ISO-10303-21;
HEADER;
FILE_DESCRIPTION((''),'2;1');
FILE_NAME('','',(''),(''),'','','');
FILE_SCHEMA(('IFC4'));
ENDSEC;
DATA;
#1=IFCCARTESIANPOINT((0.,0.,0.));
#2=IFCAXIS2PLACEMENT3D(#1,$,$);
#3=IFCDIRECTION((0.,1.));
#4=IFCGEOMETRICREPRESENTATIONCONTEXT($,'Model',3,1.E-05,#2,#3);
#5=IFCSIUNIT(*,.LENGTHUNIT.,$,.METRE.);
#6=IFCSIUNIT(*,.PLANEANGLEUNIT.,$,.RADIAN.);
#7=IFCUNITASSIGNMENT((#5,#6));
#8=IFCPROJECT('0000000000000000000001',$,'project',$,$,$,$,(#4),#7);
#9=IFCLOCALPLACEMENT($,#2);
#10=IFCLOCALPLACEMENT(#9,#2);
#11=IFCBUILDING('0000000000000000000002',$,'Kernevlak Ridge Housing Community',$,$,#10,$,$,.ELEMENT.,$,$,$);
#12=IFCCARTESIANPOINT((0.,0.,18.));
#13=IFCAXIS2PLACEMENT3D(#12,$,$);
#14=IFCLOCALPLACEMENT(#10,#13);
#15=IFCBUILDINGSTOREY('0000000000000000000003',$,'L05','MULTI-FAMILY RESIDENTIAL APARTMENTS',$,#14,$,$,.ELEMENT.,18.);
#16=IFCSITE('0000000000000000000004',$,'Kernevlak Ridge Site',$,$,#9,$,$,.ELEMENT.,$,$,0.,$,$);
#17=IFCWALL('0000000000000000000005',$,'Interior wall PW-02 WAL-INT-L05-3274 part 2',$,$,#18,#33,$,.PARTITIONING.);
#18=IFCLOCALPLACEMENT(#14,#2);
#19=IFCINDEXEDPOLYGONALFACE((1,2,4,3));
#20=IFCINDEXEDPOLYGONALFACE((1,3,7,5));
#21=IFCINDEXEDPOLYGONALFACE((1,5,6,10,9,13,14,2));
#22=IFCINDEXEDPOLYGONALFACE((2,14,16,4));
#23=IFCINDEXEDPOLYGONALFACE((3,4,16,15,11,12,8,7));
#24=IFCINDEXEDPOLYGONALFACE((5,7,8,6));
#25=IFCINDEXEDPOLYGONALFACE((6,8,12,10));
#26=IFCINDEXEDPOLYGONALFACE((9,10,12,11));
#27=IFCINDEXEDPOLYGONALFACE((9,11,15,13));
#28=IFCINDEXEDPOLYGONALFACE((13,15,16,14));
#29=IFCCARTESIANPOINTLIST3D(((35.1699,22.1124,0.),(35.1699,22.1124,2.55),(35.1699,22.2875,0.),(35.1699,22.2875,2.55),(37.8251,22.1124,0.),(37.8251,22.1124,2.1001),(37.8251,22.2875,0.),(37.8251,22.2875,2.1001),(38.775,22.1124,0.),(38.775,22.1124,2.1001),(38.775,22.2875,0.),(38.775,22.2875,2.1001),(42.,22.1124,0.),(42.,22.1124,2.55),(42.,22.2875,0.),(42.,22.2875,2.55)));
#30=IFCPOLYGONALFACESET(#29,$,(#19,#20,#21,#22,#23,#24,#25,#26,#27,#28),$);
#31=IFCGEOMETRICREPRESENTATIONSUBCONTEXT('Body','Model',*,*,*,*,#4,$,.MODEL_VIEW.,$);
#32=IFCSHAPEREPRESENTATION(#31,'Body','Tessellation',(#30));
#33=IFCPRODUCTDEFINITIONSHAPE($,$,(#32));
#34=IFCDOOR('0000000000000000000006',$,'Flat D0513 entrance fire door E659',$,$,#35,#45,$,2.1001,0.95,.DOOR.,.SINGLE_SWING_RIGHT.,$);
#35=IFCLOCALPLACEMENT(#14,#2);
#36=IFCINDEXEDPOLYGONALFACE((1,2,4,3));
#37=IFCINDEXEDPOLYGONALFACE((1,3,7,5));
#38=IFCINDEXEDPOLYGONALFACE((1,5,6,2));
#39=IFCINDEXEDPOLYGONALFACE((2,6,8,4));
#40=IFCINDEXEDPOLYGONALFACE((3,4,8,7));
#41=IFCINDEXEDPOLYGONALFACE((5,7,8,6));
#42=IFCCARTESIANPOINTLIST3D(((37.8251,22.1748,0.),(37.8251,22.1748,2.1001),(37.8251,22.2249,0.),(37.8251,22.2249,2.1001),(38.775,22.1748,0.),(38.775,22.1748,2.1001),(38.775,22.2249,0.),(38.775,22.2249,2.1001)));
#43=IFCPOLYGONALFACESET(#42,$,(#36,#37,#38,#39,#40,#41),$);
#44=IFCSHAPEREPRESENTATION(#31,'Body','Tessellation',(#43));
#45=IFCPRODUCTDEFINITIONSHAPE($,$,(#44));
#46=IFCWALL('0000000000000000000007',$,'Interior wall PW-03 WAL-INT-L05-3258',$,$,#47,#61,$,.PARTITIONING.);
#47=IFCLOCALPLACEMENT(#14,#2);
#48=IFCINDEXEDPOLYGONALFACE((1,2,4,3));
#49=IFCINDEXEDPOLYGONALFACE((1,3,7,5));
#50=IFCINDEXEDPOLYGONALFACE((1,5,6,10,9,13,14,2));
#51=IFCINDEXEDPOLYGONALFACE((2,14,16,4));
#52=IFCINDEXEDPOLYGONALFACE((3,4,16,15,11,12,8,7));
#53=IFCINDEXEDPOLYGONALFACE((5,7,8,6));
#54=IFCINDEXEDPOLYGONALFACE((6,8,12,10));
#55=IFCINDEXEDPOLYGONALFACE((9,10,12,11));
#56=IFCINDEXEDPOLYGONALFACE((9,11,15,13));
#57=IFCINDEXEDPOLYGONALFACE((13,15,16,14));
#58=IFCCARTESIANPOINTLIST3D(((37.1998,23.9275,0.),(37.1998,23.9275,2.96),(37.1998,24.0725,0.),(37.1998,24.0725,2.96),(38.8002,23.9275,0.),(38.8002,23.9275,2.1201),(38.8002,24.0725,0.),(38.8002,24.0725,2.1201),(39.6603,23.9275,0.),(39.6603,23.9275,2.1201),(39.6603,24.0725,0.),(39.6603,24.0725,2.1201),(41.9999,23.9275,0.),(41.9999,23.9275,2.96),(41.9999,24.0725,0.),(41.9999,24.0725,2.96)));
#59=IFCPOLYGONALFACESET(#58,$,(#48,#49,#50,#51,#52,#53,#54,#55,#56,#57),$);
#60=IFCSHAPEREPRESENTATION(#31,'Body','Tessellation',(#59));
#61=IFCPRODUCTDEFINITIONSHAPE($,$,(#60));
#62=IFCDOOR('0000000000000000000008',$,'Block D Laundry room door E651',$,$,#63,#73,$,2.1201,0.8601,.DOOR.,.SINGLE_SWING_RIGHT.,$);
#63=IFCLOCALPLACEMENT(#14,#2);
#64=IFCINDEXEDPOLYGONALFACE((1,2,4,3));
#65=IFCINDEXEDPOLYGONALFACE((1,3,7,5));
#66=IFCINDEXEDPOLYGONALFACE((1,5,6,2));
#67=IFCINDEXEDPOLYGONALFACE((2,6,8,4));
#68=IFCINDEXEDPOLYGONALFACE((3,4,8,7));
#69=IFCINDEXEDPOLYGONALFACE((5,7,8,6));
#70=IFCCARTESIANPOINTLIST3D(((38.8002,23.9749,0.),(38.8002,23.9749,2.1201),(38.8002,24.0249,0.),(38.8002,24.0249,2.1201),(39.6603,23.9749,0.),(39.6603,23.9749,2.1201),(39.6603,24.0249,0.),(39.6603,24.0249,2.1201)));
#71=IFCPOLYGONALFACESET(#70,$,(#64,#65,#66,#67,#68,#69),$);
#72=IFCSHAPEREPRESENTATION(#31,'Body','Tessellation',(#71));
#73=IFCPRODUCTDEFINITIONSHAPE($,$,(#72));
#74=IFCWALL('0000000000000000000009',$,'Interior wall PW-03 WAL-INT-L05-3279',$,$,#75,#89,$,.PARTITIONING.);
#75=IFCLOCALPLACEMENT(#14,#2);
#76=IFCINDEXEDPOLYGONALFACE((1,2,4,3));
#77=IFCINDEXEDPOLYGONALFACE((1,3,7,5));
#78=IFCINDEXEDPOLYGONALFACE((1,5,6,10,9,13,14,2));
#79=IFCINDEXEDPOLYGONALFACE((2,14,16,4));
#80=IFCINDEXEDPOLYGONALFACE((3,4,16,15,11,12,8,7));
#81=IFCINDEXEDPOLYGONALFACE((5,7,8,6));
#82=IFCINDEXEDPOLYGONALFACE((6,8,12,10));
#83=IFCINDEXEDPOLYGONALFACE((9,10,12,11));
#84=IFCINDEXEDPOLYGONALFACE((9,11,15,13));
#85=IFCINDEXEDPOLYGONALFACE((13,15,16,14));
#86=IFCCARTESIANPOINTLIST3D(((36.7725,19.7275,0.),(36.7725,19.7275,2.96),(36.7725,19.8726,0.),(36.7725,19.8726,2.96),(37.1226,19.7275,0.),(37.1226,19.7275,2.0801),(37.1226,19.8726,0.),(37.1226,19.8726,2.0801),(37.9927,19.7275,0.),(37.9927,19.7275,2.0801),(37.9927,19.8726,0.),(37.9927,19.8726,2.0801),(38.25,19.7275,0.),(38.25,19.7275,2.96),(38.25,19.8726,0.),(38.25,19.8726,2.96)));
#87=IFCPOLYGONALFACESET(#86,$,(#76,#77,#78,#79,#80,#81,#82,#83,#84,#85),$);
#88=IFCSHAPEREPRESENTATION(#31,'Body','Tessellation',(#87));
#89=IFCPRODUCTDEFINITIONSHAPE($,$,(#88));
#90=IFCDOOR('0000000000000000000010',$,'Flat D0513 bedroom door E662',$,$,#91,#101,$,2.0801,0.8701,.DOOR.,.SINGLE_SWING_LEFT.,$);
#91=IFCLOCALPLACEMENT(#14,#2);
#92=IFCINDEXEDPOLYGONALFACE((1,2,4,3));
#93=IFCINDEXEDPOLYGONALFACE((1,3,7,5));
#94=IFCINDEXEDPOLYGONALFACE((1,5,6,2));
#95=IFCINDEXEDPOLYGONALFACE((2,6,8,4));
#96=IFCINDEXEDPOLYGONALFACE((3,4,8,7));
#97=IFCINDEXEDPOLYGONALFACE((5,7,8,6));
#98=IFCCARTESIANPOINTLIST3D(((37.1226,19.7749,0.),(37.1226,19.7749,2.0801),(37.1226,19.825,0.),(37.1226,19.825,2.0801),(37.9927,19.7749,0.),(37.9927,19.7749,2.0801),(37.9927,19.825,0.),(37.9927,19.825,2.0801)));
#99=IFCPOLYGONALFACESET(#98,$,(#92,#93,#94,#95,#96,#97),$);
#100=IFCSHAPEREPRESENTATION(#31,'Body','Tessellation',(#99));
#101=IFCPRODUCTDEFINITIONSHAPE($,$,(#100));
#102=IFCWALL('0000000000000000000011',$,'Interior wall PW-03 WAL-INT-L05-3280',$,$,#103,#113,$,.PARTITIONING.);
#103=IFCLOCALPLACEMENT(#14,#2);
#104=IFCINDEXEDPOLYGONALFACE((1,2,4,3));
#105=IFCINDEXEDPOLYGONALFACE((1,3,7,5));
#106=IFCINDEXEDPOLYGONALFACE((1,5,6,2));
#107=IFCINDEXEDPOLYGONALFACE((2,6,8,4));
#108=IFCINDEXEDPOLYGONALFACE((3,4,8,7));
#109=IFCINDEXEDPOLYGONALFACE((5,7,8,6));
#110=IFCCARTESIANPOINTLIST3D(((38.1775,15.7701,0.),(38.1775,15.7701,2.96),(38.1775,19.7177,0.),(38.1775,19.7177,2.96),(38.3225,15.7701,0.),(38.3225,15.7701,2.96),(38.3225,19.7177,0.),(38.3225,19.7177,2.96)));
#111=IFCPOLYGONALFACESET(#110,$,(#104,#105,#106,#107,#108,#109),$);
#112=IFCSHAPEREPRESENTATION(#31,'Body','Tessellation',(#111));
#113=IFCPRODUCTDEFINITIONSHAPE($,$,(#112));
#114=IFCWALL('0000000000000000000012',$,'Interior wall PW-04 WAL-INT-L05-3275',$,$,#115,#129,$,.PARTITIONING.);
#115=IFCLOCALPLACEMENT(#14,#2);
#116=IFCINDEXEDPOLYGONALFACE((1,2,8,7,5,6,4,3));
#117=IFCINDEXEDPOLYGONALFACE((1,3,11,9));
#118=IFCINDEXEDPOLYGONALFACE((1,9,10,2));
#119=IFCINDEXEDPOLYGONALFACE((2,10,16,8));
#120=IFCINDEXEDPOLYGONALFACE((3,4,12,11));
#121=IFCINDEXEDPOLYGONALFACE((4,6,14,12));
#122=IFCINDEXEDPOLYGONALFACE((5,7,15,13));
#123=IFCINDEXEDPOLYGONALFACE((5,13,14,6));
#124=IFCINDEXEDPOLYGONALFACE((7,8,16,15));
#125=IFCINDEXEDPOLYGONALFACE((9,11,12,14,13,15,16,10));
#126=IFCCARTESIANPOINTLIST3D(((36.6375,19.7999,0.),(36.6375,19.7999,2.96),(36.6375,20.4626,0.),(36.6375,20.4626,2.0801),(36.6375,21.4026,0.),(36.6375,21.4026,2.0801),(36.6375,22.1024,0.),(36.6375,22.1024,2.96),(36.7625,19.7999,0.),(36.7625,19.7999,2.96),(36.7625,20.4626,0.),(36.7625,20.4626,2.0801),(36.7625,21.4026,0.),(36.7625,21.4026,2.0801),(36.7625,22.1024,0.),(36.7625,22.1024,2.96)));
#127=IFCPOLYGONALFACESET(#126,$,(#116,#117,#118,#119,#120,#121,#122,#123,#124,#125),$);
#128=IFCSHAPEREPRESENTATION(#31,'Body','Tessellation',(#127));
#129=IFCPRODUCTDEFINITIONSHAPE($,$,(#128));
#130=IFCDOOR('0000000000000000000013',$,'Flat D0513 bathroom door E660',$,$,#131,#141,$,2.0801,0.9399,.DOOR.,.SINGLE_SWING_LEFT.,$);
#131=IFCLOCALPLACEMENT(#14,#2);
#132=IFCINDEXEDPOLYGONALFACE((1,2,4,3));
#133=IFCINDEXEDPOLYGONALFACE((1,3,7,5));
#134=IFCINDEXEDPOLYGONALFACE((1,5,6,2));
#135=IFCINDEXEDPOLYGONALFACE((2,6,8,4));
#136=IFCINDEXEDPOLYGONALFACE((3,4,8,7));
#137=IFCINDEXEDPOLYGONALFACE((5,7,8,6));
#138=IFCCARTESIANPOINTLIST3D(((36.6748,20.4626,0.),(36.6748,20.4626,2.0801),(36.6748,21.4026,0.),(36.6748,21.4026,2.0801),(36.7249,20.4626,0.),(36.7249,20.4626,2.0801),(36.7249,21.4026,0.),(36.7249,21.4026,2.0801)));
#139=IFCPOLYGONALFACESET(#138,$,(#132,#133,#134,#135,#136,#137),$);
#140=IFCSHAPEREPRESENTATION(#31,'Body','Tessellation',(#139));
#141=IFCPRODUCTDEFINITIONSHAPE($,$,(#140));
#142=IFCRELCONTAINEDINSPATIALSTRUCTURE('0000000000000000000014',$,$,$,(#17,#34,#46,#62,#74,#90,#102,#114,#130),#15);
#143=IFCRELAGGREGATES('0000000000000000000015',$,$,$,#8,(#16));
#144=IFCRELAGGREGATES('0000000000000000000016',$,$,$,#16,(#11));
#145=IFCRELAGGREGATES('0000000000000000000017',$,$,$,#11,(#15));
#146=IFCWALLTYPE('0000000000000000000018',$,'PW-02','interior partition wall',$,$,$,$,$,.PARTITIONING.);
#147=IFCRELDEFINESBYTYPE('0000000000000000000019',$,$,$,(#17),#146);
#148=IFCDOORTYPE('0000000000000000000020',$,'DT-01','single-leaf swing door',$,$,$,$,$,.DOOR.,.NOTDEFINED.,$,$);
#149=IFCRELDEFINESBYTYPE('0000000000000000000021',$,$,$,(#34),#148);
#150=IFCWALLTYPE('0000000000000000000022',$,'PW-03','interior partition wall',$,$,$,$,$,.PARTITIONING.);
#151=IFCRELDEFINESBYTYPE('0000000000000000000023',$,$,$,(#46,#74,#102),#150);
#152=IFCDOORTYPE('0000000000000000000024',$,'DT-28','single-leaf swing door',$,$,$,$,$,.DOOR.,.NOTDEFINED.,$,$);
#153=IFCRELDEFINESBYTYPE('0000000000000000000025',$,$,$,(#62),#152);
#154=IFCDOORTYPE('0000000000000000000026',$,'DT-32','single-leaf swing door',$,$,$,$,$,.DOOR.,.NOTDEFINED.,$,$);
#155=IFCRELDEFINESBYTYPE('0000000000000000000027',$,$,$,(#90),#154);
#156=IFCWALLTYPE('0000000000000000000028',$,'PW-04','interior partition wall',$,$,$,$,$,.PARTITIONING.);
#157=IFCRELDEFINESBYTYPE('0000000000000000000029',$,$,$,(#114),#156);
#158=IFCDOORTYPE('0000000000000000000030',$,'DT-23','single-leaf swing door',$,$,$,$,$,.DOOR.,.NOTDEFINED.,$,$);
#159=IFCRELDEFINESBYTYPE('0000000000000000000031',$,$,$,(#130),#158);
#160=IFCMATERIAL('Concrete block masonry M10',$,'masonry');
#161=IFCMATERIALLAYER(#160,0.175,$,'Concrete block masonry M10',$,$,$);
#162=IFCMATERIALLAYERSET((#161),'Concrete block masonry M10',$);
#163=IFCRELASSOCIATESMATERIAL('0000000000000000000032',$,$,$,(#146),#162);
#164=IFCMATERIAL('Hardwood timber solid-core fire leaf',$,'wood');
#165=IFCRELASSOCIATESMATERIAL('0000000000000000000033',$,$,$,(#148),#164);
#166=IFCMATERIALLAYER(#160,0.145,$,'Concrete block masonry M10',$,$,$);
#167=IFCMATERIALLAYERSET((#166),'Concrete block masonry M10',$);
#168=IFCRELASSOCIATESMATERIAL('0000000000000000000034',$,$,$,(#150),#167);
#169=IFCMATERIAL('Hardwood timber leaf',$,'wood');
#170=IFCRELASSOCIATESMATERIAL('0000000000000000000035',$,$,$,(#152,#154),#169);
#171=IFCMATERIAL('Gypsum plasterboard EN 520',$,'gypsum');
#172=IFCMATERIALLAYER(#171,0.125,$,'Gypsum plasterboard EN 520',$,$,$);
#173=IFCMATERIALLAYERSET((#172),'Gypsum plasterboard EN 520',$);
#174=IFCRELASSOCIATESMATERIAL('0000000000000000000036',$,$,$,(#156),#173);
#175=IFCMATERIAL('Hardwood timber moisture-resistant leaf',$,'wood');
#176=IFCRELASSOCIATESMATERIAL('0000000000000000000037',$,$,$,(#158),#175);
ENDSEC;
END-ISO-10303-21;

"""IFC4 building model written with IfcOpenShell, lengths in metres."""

from ifc_helpers import new_model, si_unit, direction, frame, frame_2d, origin, place, context, subcontext, project, spatial, rectangle, extrude, material, layer, layer_set, type_object, element, fill, save


model = new_model("IFC4")

# Units and contexts
model_context = context("Model", 3, precision=1e-05, world=origin(), true_north=direction((0.0, 1.0)))
body_context = subcontext(model_context, "Body", "Model", "MODEL_VIEW")
ifc_project = project(units=[si_unit("LENGTHUNIT", "METRE"), si_unit("PLANEANGLEUNIT", "RADIAN")], contexts=[model_context])

# Site, building, storey
site_placement = place(None, origin())
site = spatial("IfcSite", under=ifc_project, at=site_placement, Name="Kernevlak Ridge Site", CompositionType="ELEMENT", RefElevation=0.0)
building_placement = place(site_placement, origin())
building = spatial("IfcBuilding", under=site, at=building_placement, Name="Kernevlak Ridge Housing Community", CompositionType="ELEMENT")
storey_placement = place(building_placement, frame((0.0, 0.0, 18.0)))
storey = spatial("IfcBuildingStorey", under=building, at=storey_placement, Name="L05", Description="MULTI-FAMILY RESIDENTIAL APARTMENTS", CompositionType="ELEMENT", Elevation=18.0)

# Shared definitions
ifc_material_1 = material(Name="Concrete block masonry M10", Category="masonry")

# Walls, openings, doors
ifc_layer_1 = layer(ifc_material_1, 0.175, Name="Concrete block masonry M10")
ifc_layer_set_1 = layer_set([ifc_layer_1], Name="Concrete block masonry M10")
wall_type_1 = type_object("IfcWallType", Name="PW-02", Description="interior partition wall", PredefinedType="PARTITIONING", material=ifc_layer_set_1)
wall_1_placement = place(storey_placement, frame((35.1699, 22.2, 0.0), z_axis=(0.0, 0.0, 1.0), x_axis=(1.0, 0.0, 0.0)))
wall_1 = element("IfcWall", 1, at=wall_1_placement, inside=storey, type_object=wall_type_1, Name="Interior wall PW-02 WAL-INT-L05-3274 part 2", PredefinedType="PARTITIONING", context=body_context, shape_type="SweptSolid", body=[
    extrude(rectangle(XDim=6.8301, YDim=0.175, at=frame_2d((3.415, 0.0))), origin(), (0.0, 0.0, 1.0), 2.55),
])
opening_1_placement = place(wall_1_placement, frame((2.655, 0.0, 0.0)))
opening_1 = element("IfcOpeningElement", 2, at=opening_1_placement, cuts=wall_1, PredefinedType="OPENING", context=body_context, shape_type="SweptSolid", body=[
    extrude(rectangle(XDim=0.95, YDim=2.1001, at=frame_2d((0.4751, 1.05))), frame((0.0, 0.0974, 0.0), z_axis=(0.0, -1.0, 0.0), x_axis=(1.0, 0.0, 0.0)), (0.0, 0.0, 1.0), 0.1951),
])
ifc_material_2 = material(Name="Hardwood timber solid-core fire leaf", Category="wood")
door_type_1 = type_object("IfcDoorType", Name="DT-01", Description="single-leaf swing door", OperationType="NOTDEFINED", PredefinedType="DOOR", material=ifc_material_2)
door_1_placement = place(opening_1_placement, origin())
door_1 = element("IfcDoor", 3, at=door_1_placement, inside=storey, type_object=door_type_1, Name="Flat D0513 entrance fire door E659", OperationType="SINGLE_SWING_RIGHT", OverallHeight=2.1001, OverallWidth=0.95, PredefinedType="DOOR", context=body_context, shape_type="SweptSolid", body=[
    extrude(rectangle(XDim=0.95, YDim=2.1001, at=frame_2d((0.4751, 1.05))), frame((0.0, 0.0249, 0.0), z_axis=(0.0, -1.0, 0.0), x_axis=(1.0, 0.0, 0.0)), (0.0, 0.0, 1.0), 0.05),
])
fill(opening_1, door_1)
ifc_layer_2 = layer(ifc_material_1, 0.145, Name="Concrete block masonry M10")
ifc_layer_set_2 = layer_set([ifc_layer_2], Name="Concrete block masonry M10")
wall_type_2 = type_object("IfcWallType", Name="PW-03", Description="interior partition wall", PredefinedType="PARTITIONING", material=ifc_layer_set_2)
wall_2_placement = place(storey_placement, frame((37.2, 24.0, 0.0), z_axis=(0.0, 0.0, 1.0), x_axis=(1.0, 0.0, 0.0)))
wall_2 = element("IfcWall", 4, at=wall_2_placement, inside=storey, type_object=wall_type_2, Name="Interior wall PW-03 WAL-INT-L05-3258", PredefinedType="PARTITIONING", context=body_context, shape_type="SweptSolid", body=[
    extrude(rectangle(XDim=4.8, YDim=0.145, at=frame_2d((2.3999, 0.0))), origin(), (0.0, 0.0, 1.0), 2.96),
])
opening_2_placement = place(wall_2_placement, frame((1.6001, 0.0, 0.0)))
opening_2 = element("IfcOpeningElement", 5, at=opening_2_placement, cuts=wall_2, PredefinedType="OPENING", context=body_context, shape_type="SweptSolid", body=[
    extrude(rectangle(XDim=0.8601, YDim=2.1201, at=frame_2d((0.4302, 1.0601))), frame((0.0, 0.0825, 0.0), z_axis=(0.0, -1.0, 0.0), x_axis=(1.0, 0.0, 0.0)), (0.0, 0.0, 1.0), 0.165),
])
ifc_material_3 = material(Name="Hardwood timber leaf", Category="wood")
door_type_2 = type_object("IfcDoorType", Name="DT-28", Description="single-leaf swing door", OperationType="NOTDEFINED", PredefinedType="DOOR", material=ifc_material_3)
door_2_placement = place(opening_2_placement, origin())
door_2 = element("IfcDoor", 6, at=door_2_placement, inside=storey, type_object=door_type_2, Name="Block D Laundry room door E651", OperationType="SINGLE_SWING_RIGHT", OverallHeight=2.1201, OverallWidth=0.8601, PredefinedType="DOOR", context=body_context, shape_type="SweptSolid", body=[
    extrude(rectangle(XDim=0.8601, YDim=2.1201, at=frame_2d((0.4302, 1.0601))), frame((0.0, 0.0249, 0.0), z_axis=(0.0, -1.0, 0.0), x_axis=(1.0, 0.0, 0.0)), (0.0, 0.0, 1.0), 0.05),
])
fill(opening_2, door_2)
wall_3_placement = place(storey_placement, frame((36.7725, 19.8, 0.0), z_axis=(0.0, 0.0, 1.0), x_axis=(1.0, 0.0, 0.0)))
wall_3 = element("IfcWall", 7, at=wall_3_placement, inside=storey, type_object=wall_type_2, Name="Interior wall PW-03 WAL-INT-L05-3279", PredefinedType="PARTITIONING", context=body_context, shape_type="SweptSolid", body=[
    extrude(rectangle(XDim=1.4775, YDim=0.145, at=frame_2d((0.7388, 0.0))), origin(), (0.0, 0.0, 1.0), 2.96),
])
opening_3_placement = place(wall_3_placement, frame((0.3501, 0.0, 0.0)))
opening_3 = element("IfcOpeningElement", 8, at=opening_3_placement, cuts=wall_3, PredefinedType="OPENING", context=body_context, shape_type="SweptSolid", body=[
    extrude(rectangle(XDim=0.8701, YDim=2.0801, at=frame_2d((0.4351, 1.04))), frame((0.0, 0.0825, 0.0), z_axis=(0.0, -1.0, 0.0), x_axis=(1.0, 0.0, 0.0)), (0.0, 0.0, 1.0), 0.165),
])
door_type_3 = type_object("IfcDoorType", Name="DT-32", Description="single-leaf swing door", OperationType="NOTDEFINED", PredefinedType="DOOR", material=ifc_material_3)
door_3_placement = place(opening_3_placement, origin())
door_3 = element("IfcDoor", 9, at=door_3_placement, inside=storey, type_object=door_type_3, Name="Flat D0513 bedroom door E662", OperationType="SINGLE_SWING_LEFT", OverallHeight=2.0801, OverallWidth=0.8701, PredefinedType="DOOR", context=body_context, shape_type="SweptSolid", body=[
    extrude(rectangle(XDim=0.8701, YDim=2.0801, at=frame_2d((0.4351, 1.04))), frame((0.0, 0.0249, 0.0), z_axis=(0.0, -1.0, 0.0), x_axis=(1.0, 0.0, 0.0)), (0.0, 0.0, 1.0), 0.05),
])
fill(opening_3, door_3)

# Wall
wall_4_placement = place(storey_placement, frame((38.25, 19.7175, 0.0), z_axis=(0.0, 0.0, 1.0), x_axis=(0.0, -1.0, 0.0)))
element("IfcWall", 10, at=wall_4_placement, inside=storey, type_object=wall_type_2, Name="Interior wall PW-03 WAL-INT-L05-3280", PredefinedType="PARTITIONING", context=body_context, shape_type="SweptSolid", body=[
    extrude(rectangle(XDim=3.9475, YDim=0.145, at=frame_2d((1.9736, 0.0))), origin(), (0.0, 0.0, 1.0), 2.96),
])

# Wall, opening, door
ifc_material_4 = material(Name="Gypsum plasterboard EN 520", Category="gypsum")
ifc_layer_3 = layer(ifc_material_4, 0.125, Name="Gypsum plasterboard EN 520")
ifc_layer_set_3 = layer_set([ifc_layer_3], Name="Gypsum plasterboard EN 520")
wall_type_3 = type_object("IfcWallType", Name="PW-04", Description="interior partition wall", PredefinedType="PARTITIONING", material=ifc_layer_set_3)
wall_5_placement = place(storey_placement, frame((36.7, 22.1025, 0.0), z_axis=(0.0, 0.0, 1.0), x_axis=(0.0, -1.0, 0.0)))
wall_5 = element("IfcWall", 11, at=wall_5_placement, inside=storey, type_object=wall_type_3, Name="Interior wall PW-04 WAL-INT-L05-3275", PredefinedType="PARTITIONING", context=body_context, shape_type="SweptSolid", body=[
    extrude(rectangle(XDim=2.3025, YDim=0.125, at=frame_2d((1.1514, 0.0))), origin(), (0.0, 0.0, 1.0), 2.96),
])
opening_4_placement = place(wall_5_placement, frame((0.7, 0.0, 0.0)))
opening_4 = element("IfcOpeningElement", 12, at=opening_4_placement, cuts=wall_5, PredefinedType="OPENING", context=body_context, shape_type="SweptSolid", body=[
    extrude(rectangle(XDim=0.9399, YDim=2.0801, at=frame_2d((0.47, 1.04))), frame((0.0, 0.0725, 0.0), z_axis=(0.0, -1.0, 0.0), x_axis=(1.0, 0.0, 0.0)), (0.0, 0.0, 1.0), 0.145),
])
ifc_material_5 = material(Name="Hardwood timber moisture-resistant leaf", Category="wood")
door_type_4 = type_object("IfcDoorType", Name="DT-23", Description="single-leaf swing door", OperationType="NOTDEFINED", PredefinedType="DOOR", material=ifc_material_5)
door_4_placement = place(opening_4_placement, origin())
door_4 = element("IfcDoor", 13, at=door_4_placement, inside=storey, type_object=door_type_4, Name="Flat D0513 bathroom door E660", OperationType="SINGLE_SWING_LEFT", OverallHeight=2.0801, OverallWidth=0.9399, PredefinedType="DOOR", context=body_context, shape_type="SweptSolid", body=[
    extrude(rectangle(XDim=0.9399, YDim=2.0801, at=frame_2d((0.47, 1.04))), frame((0.0, 0.0249, 0.0), z_axis=(0.0, -1.0, 0.0), x_axis=(1.0, 0.0, 0.0)), (0.0, 0.0, 1.0), 0.05),
])
fill(opening_4, door_4)

save(model, "model.ifc")
